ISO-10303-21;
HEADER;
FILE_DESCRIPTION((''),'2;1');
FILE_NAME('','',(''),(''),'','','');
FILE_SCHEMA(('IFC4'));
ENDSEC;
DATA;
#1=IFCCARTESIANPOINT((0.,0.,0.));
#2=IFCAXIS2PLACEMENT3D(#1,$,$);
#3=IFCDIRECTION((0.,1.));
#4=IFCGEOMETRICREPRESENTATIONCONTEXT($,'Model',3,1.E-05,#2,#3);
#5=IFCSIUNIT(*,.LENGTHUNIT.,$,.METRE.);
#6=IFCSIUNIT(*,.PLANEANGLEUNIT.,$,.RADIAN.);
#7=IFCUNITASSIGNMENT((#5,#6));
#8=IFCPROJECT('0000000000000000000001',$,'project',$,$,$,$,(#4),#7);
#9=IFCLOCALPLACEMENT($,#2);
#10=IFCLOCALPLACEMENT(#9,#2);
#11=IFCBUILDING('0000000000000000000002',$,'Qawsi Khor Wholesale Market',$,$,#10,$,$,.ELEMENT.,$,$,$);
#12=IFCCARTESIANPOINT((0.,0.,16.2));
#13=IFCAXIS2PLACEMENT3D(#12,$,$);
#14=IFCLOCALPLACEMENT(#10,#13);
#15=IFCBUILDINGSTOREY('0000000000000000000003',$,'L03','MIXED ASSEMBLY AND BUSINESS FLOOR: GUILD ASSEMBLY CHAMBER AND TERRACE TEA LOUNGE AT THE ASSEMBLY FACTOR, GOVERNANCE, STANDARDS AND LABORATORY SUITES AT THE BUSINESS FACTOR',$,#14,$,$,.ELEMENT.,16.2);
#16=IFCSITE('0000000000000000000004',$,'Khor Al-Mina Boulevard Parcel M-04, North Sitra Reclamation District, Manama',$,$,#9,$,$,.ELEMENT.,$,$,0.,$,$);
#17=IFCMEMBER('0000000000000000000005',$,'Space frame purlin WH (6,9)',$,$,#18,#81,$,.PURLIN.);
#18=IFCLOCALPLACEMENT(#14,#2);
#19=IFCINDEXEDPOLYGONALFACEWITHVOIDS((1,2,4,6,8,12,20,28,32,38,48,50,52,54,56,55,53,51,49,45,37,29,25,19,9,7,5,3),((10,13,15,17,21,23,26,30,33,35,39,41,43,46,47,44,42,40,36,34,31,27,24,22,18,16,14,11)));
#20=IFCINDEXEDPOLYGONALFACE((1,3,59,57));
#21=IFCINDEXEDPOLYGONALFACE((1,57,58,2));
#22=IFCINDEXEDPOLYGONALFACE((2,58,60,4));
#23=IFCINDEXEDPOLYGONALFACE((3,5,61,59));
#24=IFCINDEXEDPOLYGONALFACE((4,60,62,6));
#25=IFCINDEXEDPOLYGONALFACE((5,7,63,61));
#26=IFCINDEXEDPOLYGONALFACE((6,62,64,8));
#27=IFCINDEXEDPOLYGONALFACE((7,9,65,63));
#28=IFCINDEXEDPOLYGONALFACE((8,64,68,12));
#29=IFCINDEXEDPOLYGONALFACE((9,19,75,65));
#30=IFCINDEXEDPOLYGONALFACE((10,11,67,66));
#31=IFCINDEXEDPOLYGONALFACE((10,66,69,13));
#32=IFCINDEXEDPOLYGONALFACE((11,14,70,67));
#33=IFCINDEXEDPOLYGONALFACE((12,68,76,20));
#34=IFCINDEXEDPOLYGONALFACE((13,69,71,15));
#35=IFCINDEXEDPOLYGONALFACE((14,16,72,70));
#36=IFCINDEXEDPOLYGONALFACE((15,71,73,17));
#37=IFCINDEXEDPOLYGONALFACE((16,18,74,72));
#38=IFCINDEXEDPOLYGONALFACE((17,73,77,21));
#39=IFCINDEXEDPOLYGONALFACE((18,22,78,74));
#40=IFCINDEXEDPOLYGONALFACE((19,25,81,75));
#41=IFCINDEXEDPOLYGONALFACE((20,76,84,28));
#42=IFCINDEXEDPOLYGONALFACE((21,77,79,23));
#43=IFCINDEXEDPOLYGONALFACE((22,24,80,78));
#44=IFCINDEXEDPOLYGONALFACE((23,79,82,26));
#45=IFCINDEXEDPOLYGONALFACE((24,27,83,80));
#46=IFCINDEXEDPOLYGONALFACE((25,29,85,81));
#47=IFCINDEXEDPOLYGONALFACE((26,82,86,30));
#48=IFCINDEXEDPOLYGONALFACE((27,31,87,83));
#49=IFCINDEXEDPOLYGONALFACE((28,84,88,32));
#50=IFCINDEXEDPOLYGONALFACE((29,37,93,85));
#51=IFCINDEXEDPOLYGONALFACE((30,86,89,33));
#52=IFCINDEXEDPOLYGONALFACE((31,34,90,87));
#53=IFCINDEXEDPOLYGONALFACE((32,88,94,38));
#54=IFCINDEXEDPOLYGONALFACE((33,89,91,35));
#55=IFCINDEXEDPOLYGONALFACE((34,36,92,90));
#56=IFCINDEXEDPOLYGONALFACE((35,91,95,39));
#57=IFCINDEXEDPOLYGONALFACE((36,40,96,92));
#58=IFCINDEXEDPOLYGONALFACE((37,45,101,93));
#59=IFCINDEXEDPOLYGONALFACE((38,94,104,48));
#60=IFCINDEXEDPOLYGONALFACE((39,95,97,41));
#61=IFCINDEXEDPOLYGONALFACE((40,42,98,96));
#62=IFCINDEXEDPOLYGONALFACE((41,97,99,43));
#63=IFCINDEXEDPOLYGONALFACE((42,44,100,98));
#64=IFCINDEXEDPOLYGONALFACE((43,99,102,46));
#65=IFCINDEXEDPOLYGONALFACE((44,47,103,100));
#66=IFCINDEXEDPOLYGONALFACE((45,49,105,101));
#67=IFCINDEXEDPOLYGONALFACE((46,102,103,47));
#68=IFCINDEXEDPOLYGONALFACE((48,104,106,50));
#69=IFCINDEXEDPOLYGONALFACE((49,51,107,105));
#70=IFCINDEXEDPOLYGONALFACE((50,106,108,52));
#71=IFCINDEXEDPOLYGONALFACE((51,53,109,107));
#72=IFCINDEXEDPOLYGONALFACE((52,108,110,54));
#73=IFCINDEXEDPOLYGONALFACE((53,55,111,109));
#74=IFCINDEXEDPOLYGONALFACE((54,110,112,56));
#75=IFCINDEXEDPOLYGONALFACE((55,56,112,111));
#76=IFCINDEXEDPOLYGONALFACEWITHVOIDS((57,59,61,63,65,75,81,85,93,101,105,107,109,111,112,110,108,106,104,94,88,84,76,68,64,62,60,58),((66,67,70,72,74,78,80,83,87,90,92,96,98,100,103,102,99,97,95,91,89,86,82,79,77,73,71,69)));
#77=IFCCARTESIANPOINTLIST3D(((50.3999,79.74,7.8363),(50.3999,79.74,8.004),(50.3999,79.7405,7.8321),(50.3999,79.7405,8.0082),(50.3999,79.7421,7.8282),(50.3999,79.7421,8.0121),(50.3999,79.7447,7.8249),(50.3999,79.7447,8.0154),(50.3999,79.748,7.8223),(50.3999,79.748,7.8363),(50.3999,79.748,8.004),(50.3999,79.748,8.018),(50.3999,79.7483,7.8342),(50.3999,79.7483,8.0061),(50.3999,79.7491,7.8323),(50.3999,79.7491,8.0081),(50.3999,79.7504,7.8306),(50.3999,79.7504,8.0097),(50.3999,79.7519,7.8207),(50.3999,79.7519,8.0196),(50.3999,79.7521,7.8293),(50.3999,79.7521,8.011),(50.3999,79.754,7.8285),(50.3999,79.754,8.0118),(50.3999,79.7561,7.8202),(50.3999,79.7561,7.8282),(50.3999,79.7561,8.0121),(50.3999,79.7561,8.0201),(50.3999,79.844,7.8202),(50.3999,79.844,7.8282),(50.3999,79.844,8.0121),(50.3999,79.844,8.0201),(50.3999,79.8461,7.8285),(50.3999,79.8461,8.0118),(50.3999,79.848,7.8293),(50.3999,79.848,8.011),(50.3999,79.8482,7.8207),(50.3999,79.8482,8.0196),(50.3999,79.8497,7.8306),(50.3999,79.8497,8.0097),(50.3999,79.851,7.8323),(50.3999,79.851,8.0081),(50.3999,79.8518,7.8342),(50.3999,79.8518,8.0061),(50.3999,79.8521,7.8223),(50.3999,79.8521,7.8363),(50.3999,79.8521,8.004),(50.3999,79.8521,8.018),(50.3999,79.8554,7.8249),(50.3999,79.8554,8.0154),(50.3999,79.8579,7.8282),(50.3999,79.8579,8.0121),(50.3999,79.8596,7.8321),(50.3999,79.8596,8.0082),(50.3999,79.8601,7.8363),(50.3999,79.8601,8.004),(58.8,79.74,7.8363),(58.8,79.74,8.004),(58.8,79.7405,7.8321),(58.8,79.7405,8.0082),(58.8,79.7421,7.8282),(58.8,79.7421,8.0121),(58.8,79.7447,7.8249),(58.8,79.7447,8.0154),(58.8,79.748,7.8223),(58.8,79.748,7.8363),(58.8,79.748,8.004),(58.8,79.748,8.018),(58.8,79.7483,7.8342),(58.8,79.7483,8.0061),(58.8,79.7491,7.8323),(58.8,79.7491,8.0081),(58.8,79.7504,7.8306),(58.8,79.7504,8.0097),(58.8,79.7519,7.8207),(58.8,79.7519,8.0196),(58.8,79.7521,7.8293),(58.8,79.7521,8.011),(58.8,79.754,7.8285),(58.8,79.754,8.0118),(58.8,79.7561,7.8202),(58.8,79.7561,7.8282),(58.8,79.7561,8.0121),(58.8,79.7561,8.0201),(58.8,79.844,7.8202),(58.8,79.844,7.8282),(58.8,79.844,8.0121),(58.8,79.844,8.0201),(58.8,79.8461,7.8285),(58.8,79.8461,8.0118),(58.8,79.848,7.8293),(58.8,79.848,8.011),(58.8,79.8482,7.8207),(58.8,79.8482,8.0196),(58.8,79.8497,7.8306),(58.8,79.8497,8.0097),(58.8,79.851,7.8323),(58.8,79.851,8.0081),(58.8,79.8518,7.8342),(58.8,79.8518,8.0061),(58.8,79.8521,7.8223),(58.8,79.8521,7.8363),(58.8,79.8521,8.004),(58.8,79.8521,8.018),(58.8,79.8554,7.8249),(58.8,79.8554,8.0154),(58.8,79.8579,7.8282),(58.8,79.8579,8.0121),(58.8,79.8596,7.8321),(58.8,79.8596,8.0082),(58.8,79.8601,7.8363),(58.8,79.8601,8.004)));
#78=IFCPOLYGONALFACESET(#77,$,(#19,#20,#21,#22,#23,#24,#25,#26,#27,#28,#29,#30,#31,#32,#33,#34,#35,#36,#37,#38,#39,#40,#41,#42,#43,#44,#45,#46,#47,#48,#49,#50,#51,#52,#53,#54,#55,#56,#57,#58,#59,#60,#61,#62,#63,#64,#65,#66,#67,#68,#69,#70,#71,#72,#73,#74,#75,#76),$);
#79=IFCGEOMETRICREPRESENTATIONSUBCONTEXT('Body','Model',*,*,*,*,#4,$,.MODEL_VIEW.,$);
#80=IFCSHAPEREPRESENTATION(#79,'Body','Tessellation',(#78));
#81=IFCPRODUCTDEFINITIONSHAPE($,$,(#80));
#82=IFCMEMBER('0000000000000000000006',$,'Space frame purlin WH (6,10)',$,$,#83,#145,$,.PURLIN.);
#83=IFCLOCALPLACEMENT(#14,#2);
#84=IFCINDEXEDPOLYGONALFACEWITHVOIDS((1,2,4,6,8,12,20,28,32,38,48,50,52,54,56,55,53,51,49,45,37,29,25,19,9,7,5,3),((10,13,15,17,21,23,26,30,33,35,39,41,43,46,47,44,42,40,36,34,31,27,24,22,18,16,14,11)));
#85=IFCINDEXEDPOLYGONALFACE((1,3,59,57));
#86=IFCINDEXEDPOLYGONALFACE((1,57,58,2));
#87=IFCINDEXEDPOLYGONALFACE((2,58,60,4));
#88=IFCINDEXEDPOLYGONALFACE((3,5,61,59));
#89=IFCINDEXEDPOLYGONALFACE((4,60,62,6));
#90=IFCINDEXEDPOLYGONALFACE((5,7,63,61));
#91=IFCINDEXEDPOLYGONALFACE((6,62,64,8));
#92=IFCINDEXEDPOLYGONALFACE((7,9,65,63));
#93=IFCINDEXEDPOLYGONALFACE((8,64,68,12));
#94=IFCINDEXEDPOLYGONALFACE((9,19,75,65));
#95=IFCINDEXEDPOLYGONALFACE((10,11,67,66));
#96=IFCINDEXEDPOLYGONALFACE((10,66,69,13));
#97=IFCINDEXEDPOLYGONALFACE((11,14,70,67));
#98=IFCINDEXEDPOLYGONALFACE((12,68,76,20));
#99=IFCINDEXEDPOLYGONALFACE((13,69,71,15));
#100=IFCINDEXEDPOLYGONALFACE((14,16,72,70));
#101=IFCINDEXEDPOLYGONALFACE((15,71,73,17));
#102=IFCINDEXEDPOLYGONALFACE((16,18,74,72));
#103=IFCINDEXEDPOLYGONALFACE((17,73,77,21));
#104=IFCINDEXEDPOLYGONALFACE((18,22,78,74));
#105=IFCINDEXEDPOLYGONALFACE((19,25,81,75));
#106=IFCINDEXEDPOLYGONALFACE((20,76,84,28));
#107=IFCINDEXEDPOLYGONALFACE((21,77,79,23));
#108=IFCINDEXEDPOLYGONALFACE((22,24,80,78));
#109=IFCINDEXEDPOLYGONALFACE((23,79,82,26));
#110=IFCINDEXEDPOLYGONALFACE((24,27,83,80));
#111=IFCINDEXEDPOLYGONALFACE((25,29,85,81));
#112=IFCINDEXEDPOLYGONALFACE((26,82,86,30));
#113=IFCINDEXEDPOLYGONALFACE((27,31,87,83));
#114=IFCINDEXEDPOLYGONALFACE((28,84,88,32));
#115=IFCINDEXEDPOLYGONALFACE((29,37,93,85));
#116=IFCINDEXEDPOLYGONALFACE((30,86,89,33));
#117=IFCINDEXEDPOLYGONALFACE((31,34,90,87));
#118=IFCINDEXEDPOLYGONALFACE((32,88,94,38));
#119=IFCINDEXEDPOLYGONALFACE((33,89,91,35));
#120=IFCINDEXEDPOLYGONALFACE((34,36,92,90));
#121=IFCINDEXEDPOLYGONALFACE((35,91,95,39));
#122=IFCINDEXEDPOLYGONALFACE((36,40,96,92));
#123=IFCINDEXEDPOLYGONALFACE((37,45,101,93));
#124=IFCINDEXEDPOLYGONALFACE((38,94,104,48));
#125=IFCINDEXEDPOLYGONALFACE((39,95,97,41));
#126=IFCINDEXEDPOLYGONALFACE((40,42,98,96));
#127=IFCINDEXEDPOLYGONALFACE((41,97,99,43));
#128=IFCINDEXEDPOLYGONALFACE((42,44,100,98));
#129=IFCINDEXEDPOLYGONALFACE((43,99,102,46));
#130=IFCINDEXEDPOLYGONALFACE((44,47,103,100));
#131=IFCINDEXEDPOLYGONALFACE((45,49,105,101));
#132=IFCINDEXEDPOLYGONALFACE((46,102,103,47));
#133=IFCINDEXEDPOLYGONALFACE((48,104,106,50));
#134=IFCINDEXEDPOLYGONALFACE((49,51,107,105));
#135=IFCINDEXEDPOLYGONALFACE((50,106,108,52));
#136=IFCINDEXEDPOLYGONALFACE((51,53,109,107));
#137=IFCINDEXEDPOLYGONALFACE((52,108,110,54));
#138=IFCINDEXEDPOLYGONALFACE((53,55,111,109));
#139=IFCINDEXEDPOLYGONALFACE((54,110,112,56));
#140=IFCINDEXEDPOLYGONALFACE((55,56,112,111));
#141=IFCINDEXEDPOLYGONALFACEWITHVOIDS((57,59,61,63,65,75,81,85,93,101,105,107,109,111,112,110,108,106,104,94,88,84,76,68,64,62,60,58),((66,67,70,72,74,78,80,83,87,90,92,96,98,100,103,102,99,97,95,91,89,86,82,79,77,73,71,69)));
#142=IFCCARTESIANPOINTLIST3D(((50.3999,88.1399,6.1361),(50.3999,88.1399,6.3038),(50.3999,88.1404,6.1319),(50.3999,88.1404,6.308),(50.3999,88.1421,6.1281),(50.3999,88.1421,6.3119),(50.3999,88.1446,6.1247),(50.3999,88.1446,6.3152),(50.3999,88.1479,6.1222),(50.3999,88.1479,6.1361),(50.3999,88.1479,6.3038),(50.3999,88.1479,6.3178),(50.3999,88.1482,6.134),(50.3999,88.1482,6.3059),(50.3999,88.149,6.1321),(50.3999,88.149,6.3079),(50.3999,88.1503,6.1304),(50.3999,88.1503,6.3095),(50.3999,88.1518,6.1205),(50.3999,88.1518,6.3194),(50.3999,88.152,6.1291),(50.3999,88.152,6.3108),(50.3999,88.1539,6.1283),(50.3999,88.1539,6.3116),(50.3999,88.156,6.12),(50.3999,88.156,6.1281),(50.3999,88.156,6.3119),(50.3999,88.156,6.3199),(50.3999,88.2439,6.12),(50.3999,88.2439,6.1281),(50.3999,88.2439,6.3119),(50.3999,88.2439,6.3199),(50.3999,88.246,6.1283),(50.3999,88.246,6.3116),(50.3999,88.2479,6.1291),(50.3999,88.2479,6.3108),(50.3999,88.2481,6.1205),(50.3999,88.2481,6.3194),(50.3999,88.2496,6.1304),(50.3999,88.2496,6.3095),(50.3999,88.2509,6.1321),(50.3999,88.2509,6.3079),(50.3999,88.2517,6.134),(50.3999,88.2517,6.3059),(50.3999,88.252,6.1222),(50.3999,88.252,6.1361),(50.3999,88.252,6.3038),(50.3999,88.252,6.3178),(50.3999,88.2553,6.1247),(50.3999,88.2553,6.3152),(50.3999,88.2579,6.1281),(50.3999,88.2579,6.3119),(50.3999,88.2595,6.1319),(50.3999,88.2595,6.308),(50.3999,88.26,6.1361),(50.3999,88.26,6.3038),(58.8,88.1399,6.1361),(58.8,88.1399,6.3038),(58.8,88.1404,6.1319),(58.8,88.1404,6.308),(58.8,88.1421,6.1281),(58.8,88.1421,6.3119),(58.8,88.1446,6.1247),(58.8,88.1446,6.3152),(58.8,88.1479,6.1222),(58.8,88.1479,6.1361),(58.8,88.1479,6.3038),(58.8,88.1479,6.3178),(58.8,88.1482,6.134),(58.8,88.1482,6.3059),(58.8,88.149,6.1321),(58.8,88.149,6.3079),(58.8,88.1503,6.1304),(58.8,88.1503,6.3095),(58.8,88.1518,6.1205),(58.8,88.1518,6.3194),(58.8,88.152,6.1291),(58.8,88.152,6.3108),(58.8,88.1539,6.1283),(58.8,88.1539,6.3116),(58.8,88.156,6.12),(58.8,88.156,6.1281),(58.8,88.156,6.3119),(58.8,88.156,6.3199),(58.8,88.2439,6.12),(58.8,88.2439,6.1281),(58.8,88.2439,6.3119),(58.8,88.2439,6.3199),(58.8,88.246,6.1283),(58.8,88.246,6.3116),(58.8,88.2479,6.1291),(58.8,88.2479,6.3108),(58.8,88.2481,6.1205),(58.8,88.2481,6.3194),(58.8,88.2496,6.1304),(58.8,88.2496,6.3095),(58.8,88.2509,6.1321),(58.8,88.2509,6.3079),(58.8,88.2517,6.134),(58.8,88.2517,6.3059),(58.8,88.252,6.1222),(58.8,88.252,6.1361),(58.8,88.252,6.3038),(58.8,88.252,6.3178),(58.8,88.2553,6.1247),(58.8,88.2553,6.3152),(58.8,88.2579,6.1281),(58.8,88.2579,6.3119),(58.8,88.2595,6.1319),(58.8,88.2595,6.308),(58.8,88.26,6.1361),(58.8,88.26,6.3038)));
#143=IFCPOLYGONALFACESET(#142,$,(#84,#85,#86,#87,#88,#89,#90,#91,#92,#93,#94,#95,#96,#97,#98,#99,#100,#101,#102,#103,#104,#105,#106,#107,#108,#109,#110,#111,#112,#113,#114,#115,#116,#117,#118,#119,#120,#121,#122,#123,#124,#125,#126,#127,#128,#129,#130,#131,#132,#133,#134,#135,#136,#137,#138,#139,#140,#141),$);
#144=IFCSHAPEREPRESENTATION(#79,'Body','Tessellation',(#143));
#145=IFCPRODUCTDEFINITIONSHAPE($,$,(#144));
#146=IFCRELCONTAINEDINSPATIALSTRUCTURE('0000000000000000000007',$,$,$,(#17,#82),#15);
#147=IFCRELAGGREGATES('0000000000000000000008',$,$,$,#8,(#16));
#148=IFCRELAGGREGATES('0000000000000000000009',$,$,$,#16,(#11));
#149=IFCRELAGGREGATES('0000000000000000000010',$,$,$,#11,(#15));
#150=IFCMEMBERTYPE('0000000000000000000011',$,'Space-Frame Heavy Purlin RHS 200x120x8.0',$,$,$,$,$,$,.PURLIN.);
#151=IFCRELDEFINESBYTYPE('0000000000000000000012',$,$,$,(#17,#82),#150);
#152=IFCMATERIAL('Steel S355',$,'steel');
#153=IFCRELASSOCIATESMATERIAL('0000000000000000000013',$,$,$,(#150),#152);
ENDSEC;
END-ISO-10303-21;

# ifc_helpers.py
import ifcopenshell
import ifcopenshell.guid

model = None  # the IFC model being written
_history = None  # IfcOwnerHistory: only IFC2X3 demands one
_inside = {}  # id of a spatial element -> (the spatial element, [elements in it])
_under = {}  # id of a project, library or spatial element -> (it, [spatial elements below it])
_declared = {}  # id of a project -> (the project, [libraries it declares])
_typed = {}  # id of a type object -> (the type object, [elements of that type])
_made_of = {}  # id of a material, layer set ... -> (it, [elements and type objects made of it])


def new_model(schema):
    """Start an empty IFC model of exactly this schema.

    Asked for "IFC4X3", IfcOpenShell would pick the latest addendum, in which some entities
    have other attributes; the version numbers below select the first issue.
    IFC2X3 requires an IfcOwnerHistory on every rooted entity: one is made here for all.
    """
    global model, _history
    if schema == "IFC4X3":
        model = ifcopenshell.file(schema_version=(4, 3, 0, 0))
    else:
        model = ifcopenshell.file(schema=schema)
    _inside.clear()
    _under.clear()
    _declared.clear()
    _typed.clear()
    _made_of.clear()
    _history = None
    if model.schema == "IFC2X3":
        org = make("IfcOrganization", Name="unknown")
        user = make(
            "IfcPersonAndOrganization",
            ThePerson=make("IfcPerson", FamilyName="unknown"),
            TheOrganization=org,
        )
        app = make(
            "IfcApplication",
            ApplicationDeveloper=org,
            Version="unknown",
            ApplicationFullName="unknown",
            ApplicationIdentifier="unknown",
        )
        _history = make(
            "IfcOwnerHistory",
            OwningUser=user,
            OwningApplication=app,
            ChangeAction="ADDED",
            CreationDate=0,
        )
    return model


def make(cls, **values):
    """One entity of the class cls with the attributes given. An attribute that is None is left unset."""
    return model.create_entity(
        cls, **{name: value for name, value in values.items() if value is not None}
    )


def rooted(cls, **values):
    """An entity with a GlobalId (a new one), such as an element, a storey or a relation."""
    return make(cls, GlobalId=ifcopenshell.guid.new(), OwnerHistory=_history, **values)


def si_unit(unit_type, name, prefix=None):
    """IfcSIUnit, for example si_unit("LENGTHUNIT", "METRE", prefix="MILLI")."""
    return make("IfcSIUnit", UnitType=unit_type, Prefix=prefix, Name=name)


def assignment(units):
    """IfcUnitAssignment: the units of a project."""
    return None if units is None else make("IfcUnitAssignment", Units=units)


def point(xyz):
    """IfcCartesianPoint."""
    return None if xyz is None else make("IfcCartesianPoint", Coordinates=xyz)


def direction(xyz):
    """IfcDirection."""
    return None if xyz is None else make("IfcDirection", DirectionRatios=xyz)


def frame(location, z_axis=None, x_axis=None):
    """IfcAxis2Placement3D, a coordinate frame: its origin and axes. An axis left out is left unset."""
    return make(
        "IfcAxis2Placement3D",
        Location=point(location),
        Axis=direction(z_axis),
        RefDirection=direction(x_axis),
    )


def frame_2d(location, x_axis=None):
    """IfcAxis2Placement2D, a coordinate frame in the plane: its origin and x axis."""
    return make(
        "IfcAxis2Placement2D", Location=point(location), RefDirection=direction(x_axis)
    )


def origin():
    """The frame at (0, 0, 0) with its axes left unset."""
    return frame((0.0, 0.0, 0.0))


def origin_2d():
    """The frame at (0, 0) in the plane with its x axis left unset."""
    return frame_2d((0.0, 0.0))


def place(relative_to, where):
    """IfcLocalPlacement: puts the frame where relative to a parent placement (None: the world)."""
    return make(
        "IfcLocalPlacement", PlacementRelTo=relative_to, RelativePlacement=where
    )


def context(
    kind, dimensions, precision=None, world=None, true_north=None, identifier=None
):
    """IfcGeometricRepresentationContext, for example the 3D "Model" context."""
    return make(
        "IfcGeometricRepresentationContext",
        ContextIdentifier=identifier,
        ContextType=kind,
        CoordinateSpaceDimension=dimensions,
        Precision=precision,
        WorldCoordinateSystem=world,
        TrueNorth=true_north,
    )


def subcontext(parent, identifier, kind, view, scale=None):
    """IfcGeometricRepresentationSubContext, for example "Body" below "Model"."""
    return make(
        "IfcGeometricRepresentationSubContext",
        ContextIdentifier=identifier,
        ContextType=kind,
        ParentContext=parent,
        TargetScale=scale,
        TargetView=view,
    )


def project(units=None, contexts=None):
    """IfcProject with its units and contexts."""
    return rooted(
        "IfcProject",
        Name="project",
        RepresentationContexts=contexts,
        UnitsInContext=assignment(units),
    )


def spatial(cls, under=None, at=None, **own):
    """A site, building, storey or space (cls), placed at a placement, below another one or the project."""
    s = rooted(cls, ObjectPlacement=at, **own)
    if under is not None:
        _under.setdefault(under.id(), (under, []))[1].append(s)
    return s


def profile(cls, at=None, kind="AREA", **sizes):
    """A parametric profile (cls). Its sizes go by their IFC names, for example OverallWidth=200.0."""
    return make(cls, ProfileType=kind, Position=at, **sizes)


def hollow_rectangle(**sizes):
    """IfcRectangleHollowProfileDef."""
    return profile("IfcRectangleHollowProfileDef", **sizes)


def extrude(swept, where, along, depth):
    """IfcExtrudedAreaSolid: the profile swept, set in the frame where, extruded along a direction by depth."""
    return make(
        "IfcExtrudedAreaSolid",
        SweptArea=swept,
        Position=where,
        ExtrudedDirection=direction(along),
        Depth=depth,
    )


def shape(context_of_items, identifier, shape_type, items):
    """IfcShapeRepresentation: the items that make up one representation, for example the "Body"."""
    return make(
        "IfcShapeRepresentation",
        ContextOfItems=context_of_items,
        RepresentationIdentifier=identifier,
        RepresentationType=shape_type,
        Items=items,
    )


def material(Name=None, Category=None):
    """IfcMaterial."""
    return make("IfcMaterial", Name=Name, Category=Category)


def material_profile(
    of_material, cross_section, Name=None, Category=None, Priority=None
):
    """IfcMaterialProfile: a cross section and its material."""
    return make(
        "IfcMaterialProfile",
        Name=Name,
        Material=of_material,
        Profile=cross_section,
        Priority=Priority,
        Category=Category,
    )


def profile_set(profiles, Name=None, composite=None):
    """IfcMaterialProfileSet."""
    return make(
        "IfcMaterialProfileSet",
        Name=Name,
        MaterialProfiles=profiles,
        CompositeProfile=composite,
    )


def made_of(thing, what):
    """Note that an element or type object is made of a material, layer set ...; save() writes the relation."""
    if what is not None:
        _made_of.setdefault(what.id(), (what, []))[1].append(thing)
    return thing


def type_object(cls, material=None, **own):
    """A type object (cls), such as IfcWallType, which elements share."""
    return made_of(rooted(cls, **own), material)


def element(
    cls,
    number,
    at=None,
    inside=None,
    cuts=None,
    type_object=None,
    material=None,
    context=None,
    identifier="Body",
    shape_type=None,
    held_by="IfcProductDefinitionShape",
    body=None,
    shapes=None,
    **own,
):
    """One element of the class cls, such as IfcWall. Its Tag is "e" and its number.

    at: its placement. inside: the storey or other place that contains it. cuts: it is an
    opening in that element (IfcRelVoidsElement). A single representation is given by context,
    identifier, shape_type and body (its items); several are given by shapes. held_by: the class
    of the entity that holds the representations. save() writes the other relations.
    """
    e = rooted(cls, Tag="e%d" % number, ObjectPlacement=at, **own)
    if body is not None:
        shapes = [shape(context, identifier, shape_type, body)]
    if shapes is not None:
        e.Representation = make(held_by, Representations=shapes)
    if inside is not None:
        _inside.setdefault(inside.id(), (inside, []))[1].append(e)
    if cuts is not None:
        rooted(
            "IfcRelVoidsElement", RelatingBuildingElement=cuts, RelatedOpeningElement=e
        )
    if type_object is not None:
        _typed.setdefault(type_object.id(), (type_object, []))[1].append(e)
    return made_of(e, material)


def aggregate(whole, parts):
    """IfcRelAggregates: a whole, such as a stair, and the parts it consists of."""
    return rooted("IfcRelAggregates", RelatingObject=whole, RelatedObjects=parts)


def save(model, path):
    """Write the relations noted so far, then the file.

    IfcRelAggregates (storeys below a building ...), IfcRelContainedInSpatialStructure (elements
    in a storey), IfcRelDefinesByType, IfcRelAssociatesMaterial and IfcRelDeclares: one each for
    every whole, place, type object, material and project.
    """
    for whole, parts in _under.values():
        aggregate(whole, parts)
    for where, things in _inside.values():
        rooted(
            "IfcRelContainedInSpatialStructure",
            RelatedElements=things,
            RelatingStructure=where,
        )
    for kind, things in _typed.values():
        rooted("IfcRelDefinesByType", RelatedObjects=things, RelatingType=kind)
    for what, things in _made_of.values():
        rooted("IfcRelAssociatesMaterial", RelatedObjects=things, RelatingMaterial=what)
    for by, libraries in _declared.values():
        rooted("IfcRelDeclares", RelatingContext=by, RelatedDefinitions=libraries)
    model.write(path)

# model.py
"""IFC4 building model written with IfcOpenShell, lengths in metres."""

from ifc_helpers import new_model, si_unit, direction, frame, origin, origin_2d, place, context, subcontext, project, spatial, hollow_rectangle, extrude, material, material_profile, profile_set, type_object, element, save


model = new_model("IFC4")

# Units and contexts
model_context = context("Model", 3, precision=1e-05, world=origin(), true_north=direction((0.0, 1.0)))
body_context = subcontext(model_context, "Body", "Model", "MODEL_VIEW")
ifc_project = project(units=[si_unit("LENGTHUNIT", "METRE"), si_unit("PLANEANGLEUNIT", "RADIAN")], contexts=[model_context])

# Site, building, storey
site_placement = place(None, origin())
site = spatial("IfcSite", under=ifc_project, at=site_placement, Name="Khor Al-Mina Boulevard Parcel M-04, North Sitra Reclamation District, Manama", CompositionType="ELEMENT", RefElevation=0.0)
building_placement = place(site_placement, origin())
building = spatial("IfcBuilding", under=site, at=building_placement, Name="Qawsi Khor Wholesale Market", CompositionType="ELEMENT")
storey_placement = place(building_placement, frame((0.0, 0.0, 16.2)))
storey = spatial("IfcBuildingStorey", under=building, at=storey_placement, Name="L03", Description="MIXED ASSEMBLY AND BUSINESS FLOOR: GUILD ASSEMBLY CHAMBER AND TERRACE TEA LOUNGE AT THE ASSEMBLY FACTOR, GOVERNANCE, STANDARDS AND LABORATORY SUITES AT THE BUSINESS FACTOR", CompositionType="ELEMENT", Elevation=16.2)

# Members
ifc_material_1 = material(Name="Steel S355", Category="steel")
ifc_material_profile_1 = material_profile(ifc_material_1, hollow_rectangle(XDim=0.1201, YDim=0.2, WallThickness=0.0081, InnerFilletRadius=0.0081, OuterFilletRadius=0.0161, at=origin_2d()), Name="RHS 200x120x8.0")
ifc_profile_set_1 = profile_set([ifc_material_profile_1], Name="Steel S355")
member_type_1 = type_object("IfcMemberType", Name="Space-Frame Heavy Purlin RHS 200x120x8.0", PredefinedType="PURLIN", material=ifc_profile_set_1)
for number, where, z_axis, x_axis, name in (
    (1, (50.3999, 79.8, 7.9202), (1.0, 0.0, 0.0), (0.0, 1.0, 0.0), "Space frame purlin WH (6,9)"),
    (2, (50.3999, 88.2, 6.22), (1.0, 0.0, 0.0), (0.0, 1.0, 0.0), "Space frame purlin WH (6,10)"),
):
    element("IfcMember", number, at=place(storey_placement, frame(where, z_axis=z_axis, x_axis=x_axis)), inside=storey, type_object=member_type_1, Name=name, PredefinedType="PURLIN", context=body_context, shape_type="SweptSolid", body=[
        extrude(hollow_rectangle(XDim=0.1201, YDim=0.2, WallThickness=0.0081, InnerFilletRadius=0.0081, OuterFilletRadius=0.0161, at=origin_2d()), origin(), (0.0, 0.0, 1.0), 8.4001),
    ])

save(model, "model.ifc")
